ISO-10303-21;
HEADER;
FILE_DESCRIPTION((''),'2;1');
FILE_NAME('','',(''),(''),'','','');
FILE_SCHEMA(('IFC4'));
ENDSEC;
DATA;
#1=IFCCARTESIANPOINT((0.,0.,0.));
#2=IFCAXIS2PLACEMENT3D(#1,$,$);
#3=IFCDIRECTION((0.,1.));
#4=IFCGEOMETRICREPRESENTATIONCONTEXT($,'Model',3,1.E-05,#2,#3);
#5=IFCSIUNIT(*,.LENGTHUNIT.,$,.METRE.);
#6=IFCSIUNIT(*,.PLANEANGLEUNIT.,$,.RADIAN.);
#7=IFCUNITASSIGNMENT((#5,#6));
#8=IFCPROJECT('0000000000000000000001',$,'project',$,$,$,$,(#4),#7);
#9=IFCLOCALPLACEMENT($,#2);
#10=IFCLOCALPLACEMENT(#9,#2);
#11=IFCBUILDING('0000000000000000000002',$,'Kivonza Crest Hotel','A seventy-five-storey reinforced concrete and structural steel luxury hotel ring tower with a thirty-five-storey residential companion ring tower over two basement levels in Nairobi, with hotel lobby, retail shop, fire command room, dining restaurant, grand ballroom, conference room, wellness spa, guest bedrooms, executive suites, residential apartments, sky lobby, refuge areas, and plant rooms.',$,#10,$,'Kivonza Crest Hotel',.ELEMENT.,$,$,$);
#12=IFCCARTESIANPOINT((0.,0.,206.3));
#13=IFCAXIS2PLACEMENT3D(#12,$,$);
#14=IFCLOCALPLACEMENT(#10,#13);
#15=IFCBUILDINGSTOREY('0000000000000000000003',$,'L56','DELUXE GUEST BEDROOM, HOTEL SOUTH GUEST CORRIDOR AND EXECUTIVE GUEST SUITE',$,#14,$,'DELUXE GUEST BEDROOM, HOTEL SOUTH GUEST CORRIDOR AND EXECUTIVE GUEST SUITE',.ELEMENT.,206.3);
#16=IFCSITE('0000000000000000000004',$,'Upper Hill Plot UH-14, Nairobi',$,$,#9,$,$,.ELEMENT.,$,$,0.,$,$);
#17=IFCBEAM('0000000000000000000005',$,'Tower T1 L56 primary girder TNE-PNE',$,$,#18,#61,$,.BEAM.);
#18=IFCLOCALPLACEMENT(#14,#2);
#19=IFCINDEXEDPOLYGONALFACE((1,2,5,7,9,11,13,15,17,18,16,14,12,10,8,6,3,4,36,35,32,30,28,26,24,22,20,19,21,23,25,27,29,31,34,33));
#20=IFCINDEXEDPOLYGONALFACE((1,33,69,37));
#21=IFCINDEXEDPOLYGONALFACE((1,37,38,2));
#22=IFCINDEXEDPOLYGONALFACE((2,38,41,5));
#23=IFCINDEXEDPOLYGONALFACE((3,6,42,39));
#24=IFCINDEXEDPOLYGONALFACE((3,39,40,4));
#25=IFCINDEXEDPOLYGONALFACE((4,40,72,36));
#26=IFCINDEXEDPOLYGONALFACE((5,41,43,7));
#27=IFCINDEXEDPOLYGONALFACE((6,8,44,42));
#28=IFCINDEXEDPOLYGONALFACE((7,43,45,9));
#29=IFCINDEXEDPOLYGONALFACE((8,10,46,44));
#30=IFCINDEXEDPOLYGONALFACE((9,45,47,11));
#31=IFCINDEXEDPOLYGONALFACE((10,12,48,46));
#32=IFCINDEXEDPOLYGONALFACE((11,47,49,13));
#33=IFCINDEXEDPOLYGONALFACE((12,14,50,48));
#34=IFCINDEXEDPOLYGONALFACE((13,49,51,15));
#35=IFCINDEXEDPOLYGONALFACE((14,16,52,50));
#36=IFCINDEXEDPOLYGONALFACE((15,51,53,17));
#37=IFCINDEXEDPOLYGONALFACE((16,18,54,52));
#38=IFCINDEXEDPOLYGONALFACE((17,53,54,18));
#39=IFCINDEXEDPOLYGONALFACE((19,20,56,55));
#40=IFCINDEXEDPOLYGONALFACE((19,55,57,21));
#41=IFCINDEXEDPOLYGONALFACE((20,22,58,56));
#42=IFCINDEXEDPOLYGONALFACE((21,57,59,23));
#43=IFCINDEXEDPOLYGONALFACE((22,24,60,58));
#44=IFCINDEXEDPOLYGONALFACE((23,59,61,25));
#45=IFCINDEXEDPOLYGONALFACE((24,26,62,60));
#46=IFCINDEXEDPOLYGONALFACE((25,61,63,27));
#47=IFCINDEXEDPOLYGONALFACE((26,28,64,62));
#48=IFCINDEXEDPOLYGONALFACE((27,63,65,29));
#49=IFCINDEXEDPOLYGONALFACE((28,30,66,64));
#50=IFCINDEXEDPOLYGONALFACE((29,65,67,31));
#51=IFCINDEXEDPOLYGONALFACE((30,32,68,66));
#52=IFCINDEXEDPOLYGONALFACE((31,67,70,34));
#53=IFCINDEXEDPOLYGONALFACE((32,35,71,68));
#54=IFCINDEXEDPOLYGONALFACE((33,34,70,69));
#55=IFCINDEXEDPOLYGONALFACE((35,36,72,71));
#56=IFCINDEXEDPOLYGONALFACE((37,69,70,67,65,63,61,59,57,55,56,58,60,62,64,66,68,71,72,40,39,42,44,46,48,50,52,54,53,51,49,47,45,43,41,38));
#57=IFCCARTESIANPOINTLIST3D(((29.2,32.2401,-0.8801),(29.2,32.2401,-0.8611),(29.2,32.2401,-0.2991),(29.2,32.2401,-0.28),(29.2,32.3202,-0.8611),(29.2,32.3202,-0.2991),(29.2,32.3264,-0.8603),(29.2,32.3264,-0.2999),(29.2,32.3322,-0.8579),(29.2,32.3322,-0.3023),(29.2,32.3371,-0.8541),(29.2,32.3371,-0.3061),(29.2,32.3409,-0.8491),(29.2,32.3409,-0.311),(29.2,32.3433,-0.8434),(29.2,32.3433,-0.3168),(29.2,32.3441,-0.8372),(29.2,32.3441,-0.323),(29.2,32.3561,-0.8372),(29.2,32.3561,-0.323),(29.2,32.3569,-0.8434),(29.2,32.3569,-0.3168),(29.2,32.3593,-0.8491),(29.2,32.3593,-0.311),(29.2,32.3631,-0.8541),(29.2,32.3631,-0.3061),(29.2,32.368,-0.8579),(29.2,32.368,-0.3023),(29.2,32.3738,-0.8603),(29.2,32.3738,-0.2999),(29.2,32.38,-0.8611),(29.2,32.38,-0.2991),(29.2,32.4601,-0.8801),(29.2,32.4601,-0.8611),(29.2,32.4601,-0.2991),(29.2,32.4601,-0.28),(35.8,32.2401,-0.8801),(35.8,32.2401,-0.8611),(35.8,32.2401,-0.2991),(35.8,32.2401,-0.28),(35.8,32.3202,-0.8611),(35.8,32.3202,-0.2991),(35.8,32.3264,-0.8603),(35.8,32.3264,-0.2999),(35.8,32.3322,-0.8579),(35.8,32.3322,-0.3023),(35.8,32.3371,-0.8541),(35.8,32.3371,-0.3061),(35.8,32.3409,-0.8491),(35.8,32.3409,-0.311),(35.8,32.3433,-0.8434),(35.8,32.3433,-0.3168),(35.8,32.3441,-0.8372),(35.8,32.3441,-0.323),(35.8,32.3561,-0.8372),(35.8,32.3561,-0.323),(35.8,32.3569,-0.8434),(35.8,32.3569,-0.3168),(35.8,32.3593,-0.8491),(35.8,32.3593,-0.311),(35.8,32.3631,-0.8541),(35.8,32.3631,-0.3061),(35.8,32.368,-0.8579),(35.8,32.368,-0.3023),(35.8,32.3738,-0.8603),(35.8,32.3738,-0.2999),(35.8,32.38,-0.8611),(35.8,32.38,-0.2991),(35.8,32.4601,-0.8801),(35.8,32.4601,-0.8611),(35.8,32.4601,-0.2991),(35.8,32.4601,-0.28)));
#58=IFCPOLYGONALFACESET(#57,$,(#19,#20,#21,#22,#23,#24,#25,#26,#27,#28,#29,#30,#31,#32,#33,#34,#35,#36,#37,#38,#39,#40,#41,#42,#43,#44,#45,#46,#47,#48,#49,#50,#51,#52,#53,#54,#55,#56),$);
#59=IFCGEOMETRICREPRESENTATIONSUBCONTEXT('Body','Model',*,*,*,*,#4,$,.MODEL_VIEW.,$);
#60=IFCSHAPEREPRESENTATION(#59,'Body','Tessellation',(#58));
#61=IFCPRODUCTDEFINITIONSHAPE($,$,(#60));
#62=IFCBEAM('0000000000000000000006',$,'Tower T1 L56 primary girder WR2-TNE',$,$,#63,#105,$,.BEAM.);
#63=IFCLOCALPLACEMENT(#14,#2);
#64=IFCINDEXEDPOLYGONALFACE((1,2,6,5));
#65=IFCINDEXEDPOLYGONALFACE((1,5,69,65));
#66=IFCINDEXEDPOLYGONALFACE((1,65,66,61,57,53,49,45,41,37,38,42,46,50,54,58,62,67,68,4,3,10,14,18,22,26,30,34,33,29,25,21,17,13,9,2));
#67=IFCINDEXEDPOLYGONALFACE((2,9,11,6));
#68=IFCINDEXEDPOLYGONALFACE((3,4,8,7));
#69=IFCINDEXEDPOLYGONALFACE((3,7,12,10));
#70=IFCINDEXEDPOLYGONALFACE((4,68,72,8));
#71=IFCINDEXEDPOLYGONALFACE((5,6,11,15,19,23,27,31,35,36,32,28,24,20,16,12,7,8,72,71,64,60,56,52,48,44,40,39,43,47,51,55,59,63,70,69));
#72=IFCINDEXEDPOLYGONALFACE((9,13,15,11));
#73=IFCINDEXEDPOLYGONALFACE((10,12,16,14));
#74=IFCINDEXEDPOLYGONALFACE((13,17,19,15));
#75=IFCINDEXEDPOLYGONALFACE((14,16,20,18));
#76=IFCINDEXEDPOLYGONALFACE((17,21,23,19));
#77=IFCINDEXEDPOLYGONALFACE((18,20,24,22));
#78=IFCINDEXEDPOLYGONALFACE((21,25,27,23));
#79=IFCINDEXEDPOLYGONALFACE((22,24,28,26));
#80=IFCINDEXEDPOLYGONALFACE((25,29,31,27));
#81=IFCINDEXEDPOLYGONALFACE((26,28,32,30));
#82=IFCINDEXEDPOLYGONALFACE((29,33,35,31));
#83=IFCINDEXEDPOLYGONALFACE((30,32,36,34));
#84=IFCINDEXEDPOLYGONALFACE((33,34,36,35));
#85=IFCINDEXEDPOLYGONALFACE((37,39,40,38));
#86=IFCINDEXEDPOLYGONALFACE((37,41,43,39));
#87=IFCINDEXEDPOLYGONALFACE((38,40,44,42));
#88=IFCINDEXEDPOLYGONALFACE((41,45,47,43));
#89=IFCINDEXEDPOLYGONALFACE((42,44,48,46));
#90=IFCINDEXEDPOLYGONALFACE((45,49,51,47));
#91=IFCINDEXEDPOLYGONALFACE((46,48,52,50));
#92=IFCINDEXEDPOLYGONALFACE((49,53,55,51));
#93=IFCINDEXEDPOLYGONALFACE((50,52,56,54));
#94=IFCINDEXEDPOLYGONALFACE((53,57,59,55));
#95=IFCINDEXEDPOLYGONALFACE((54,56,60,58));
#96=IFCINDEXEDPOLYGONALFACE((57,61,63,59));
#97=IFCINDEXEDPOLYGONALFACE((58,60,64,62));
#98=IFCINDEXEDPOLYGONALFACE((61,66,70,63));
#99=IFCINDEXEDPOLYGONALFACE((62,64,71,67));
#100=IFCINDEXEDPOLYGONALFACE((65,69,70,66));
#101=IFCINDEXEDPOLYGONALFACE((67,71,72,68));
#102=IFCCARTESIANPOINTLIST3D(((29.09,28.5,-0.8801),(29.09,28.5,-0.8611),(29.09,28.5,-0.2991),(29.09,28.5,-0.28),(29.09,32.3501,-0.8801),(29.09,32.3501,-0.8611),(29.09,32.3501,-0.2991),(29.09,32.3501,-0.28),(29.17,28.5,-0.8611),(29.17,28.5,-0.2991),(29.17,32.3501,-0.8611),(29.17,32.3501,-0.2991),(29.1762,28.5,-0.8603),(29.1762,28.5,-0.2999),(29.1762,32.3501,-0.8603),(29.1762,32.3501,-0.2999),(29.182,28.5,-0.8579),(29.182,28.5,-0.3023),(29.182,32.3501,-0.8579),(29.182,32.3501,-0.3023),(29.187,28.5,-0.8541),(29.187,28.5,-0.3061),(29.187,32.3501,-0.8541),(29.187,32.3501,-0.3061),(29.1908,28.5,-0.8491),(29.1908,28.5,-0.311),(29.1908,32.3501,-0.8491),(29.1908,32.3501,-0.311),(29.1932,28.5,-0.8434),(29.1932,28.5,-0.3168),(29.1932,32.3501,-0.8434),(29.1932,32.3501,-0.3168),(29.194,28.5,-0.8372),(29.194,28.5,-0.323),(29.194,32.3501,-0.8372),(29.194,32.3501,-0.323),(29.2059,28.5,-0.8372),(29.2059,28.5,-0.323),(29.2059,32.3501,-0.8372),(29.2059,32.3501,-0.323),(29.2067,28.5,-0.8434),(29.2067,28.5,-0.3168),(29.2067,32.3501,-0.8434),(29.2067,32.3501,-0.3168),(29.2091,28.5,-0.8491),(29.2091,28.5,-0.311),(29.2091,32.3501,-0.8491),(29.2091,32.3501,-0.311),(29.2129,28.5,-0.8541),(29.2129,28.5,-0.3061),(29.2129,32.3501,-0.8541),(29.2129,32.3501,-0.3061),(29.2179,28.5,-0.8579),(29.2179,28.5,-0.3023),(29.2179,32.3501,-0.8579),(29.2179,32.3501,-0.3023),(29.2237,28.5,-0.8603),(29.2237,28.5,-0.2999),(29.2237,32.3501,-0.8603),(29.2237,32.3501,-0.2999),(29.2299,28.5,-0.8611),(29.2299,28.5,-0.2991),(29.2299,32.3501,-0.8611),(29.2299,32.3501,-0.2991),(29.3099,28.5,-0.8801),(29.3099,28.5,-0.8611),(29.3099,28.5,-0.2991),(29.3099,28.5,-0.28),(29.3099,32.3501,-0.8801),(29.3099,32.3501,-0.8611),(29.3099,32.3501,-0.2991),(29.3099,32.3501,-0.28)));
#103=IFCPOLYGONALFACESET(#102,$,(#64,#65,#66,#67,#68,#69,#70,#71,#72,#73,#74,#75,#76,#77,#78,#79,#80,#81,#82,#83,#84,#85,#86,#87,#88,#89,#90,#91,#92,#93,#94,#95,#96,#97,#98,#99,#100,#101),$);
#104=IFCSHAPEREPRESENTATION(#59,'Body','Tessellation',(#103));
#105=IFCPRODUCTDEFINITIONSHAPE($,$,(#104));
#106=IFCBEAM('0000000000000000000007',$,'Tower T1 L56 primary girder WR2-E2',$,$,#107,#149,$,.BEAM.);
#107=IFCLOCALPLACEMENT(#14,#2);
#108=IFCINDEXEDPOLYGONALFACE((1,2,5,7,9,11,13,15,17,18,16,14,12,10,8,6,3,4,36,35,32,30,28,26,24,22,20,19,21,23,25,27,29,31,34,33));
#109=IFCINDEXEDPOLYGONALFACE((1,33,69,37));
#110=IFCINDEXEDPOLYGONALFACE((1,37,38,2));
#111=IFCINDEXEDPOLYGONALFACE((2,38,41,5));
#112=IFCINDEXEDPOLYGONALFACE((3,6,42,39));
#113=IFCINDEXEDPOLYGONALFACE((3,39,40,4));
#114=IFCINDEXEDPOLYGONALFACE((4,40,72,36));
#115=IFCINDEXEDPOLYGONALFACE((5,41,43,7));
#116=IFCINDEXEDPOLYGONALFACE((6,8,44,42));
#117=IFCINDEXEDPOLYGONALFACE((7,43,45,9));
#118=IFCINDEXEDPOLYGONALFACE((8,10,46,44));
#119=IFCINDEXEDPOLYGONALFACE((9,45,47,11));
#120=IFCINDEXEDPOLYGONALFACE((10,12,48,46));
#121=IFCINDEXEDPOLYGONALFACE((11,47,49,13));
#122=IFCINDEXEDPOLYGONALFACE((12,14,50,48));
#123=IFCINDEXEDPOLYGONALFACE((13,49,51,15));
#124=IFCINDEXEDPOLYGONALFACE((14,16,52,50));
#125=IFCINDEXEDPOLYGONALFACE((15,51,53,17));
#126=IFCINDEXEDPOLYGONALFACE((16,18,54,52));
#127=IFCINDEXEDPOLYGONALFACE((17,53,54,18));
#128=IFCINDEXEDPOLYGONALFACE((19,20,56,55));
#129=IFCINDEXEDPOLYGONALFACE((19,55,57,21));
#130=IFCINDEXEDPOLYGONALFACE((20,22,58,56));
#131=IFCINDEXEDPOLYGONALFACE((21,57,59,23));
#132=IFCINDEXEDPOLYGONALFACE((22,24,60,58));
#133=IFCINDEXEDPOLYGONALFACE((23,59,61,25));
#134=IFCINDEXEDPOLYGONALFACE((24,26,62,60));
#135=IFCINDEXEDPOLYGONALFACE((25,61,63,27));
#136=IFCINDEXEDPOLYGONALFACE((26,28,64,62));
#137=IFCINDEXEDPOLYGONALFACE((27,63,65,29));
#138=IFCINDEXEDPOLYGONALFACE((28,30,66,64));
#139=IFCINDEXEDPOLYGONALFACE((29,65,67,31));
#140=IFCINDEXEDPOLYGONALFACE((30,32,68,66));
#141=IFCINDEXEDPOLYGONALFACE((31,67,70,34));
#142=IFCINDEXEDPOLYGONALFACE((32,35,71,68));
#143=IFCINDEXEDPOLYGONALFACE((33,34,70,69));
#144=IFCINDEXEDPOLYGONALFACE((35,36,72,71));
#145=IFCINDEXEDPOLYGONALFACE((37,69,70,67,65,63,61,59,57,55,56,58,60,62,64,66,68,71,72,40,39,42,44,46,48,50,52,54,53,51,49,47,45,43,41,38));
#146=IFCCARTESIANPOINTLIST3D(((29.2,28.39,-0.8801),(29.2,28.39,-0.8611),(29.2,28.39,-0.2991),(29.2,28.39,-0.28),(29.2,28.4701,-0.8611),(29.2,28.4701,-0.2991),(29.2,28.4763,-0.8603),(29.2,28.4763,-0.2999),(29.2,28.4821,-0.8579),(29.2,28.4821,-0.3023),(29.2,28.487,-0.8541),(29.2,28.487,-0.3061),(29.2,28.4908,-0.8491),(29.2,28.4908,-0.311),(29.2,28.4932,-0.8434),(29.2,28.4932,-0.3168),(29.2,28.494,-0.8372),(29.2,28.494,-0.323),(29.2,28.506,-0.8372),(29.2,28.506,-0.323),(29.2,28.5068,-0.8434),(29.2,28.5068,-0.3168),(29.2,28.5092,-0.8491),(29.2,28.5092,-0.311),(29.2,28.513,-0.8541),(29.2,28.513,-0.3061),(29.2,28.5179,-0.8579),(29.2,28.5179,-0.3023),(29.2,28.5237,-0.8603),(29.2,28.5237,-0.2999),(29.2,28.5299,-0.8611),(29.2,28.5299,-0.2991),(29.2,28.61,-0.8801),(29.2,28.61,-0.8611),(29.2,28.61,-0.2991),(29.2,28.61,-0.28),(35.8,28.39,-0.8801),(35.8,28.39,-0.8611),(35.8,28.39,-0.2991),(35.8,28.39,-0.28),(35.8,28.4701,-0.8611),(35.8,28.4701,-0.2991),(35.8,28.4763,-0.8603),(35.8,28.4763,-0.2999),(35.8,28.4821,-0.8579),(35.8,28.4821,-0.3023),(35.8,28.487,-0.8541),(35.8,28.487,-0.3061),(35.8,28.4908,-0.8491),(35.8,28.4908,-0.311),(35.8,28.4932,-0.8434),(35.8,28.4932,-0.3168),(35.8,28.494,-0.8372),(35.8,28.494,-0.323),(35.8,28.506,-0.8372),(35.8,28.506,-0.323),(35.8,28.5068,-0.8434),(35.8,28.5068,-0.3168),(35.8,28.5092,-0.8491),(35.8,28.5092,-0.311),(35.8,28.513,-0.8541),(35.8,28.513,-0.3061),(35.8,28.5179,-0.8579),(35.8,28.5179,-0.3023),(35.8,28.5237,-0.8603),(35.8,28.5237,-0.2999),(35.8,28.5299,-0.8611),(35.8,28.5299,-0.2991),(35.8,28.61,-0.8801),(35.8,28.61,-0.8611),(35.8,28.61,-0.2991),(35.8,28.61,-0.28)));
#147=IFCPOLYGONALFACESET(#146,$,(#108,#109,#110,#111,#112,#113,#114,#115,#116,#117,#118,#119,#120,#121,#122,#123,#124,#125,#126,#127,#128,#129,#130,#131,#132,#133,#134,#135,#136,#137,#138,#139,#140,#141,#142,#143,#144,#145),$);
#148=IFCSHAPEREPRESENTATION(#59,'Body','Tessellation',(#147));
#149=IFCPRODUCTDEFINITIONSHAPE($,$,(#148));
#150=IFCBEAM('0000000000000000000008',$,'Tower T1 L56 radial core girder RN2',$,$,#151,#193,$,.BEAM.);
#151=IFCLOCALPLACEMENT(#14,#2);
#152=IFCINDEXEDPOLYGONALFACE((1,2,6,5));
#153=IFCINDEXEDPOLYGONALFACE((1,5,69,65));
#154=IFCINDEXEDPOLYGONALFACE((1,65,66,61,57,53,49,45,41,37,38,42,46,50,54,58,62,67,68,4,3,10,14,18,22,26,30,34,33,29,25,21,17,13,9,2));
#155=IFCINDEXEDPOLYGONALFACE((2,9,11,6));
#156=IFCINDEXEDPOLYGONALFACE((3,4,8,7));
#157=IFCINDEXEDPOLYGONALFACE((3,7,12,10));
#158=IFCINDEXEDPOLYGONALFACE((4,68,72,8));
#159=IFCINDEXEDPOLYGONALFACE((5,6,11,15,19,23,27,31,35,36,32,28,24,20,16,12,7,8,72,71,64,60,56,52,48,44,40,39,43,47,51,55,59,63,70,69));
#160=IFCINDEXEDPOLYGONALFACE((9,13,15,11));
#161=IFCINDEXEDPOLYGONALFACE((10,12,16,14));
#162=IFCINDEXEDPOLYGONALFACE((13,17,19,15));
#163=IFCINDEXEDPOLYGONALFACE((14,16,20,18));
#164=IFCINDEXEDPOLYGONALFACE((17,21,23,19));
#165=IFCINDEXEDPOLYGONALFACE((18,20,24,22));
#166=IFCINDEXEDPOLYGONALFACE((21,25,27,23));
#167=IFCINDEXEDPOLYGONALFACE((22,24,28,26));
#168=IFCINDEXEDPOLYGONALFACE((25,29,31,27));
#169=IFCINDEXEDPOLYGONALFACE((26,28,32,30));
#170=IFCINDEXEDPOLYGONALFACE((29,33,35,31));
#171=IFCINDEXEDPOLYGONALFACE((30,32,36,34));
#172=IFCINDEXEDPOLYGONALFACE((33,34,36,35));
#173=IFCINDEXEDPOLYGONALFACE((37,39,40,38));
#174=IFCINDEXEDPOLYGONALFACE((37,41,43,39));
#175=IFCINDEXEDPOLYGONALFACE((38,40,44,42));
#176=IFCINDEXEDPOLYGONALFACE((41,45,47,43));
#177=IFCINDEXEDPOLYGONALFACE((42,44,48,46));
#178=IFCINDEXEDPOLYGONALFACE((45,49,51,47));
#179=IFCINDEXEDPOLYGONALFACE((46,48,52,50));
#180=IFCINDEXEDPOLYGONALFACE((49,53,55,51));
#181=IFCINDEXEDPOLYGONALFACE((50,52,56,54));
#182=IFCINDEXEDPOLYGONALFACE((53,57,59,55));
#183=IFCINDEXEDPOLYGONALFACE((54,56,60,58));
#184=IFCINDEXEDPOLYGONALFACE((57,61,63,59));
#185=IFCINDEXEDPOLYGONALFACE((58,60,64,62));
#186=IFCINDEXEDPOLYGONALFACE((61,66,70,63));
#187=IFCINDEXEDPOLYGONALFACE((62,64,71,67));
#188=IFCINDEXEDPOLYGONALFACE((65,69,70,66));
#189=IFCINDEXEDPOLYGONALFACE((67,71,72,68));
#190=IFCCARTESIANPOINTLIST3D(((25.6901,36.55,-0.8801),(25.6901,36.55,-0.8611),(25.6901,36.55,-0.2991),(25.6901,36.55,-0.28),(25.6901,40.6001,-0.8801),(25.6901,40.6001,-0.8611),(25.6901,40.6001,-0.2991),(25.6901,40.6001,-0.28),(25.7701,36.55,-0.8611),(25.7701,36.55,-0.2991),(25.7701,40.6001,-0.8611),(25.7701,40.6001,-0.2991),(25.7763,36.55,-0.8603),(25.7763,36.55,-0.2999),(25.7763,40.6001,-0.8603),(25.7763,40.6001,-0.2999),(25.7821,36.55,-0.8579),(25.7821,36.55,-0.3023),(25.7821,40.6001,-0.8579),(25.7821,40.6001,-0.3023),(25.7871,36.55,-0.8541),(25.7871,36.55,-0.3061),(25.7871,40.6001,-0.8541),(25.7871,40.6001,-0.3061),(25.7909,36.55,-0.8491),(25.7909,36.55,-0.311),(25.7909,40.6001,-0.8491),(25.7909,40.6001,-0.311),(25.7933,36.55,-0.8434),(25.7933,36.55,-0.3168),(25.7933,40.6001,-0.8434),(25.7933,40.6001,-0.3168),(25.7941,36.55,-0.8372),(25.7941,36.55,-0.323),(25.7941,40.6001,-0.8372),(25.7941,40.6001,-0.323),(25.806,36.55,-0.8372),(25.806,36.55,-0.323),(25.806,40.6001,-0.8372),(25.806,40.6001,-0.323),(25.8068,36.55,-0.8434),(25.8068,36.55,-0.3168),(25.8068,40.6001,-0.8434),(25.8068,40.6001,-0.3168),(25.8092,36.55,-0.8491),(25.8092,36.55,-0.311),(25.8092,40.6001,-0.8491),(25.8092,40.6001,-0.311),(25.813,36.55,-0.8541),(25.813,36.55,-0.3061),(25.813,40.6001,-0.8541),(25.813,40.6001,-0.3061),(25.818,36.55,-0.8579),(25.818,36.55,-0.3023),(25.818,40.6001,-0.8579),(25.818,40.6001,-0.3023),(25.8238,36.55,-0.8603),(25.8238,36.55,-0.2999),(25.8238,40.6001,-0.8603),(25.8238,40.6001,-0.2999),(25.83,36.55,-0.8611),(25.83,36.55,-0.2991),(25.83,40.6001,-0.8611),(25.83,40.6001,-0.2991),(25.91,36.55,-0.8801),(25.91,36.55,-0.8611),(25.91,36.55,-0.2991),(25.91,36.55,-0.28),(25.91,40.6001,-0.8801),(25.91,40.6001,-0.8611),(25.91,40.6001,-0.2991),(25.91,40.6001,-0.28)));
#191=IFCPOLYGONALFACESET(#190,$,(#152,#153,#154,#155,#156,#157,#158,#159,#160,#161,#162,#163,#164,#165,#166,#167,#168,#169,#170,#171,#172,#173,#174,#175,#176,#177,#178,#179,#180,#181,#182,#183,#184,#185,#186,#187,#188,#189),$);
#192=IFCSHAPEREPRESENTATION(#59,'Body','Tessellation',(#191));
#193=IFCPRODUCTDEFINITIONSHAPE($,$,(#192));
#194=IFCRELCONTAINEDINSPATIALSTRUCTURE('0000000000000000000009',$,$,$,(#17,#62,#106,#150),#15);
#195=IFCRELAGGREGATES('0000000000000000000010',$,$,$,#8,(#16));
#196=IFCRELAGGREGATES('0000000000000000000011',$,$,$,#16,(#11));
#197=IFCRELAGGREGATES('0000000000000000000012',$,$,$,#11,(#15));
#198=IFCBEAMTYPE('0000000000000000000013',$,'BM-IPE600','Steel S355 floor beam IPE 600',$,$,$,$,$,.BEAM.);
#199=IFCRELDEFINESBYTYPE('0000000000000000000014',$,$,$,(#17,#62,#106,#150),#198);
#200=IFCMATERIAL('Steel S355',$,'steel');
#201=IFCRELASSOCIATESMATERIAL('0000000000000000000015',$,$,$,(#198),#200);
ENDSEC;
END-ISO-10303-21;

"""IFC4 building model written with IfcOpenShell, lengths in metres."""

from ifc_helpers import new_model, si_unit, direction, frame, origin, origin_2d, place, context, subcontext, project, spatial, i_section, extrude, material, material_profile, profile_set, type_object, element, save


model = new_model("IFC4")

# Units and contexts
model_context = context("Model", 3, precision=1e-05, world=origin(), true_north=direction((0.0, 1.0)))
body_context = subcontext(model_context, "Body", "Model", "MODEL_VIEW")
ifc_project = project(units=[si_unit("LENGTHUNIT", "METRE"), si_unit("PLANEANGLEUNIT", "RADIAN")], contexts=[model_context])

# Site, building, storey
site_placement = place(None, origin())
site = spatial("IfcSite", under=ifc_project, at=site_placement, Name="Upper Hill Plot UH-14, Nairobi", CompositionType="ELEMENT", RefElevation=0.0)
building_placement = place(site_placement, origin())
building = spatial("IfcBuilding", under=site, at=building_placement, Name="Kivonza Crest Hotel", Description="A seventy-five-storey reinforced concrete and structural steel luxury hotel ring tower with a thirty-five-storey residential companion ring tower over two basement levels in Nairobi, with hotel lobby, retail shop, fire command room, dining restaurant, grand ballroom, conference room, wellness spa, guest bedrooms, executive suites, residential apartments, sky lobby, refuge areas, and plant rooms.", LongName="Kivonza Crest Hotel", CompositionType="ELEMENT")
storey_placement = place(building_placement, frame((0.0, 0.0, 206.3)))
storey = spatial("IfcBuildingStorey", under=building, at=storey_placement, Name="L56", Description="DELUXE GUEST BEDROOM, HOTEL SOUTH GUEST CORRIDOR AND EXECUTIVE GUEST SUITE", LongName="DELUXE GUEST BEDROOM, HOTEL SOUTH GUEST CORRIDOR AND EXECUTIVE GUEST SUITE", CompositionType="ELEMENT", Elevation=206.3)

# Beams
ifc_material_1 = material(Name="Steel S355", Category="steel")
ifc_material_profile_1 = material_profile(ifc_material_1, i_section(OverallWidth=0.22, OverallDepth=0.6001, WebThickness=0.012, FlangeThickness=0.019, FilletRadius=0.0239, at=origin_2d()), Name="IPE 600")
ifc_profile_set_1 = profile_set([ifc_material_profile_1], Name="Steel S355")
beam_type_1 = type_object("IfcBeamType", Name="BM-IPE600", Description="Steel S355 floor beam IPE 600", PredefinedType="BEAM", material=ifc_profile_set_1)
beam_1_placement = place(storey_placement, frame((29.2, 32.3501, -0.5801), z_axis=(1.0, 0.0, 0.0), x_axis=(0.0, 1.0, 0.0)))
element("IfcBeam", 1, at=beam_1_placement, inside=storey, type_object=beam_type_1, Name="Tower T1 L56 primary girder TNE-PNE", PredefinedType="BEAM", context=body_context, shape_type="SweptSolid", body=[
    extrude(i_section(OverallWidth=0.22, OverallDepth=0.6001, WebThickness=0.012, FlangeThickness=0.019, FilletRadius=0.0239, at=origin_2d()), origin(), (0.0, 0.0, 1.0), 6.6001),
])
beam_2_placement = place(storey_placement, frame((29.2, 28.5, -0.5801), z_axis=(0.0, 1.0, 0.0), x_axis=(-1.0, 0.0, 0.0)))
element("IfcBeam", 2, at=beam_2_placement, inside=storey, type_object=beam_type_1, Name="Tower T1 L56 primary girder WR2-TNE", PredefinedType="BEAM", context=body_context, shape_type="SweptSolid", body=[
    extrude(i_section(OverallWidth=0.22, OverallDepth=0.6001, WebThickness=0.012, FlangeThickness=0.019, FilletRadius=0.0239, at=origin_2d()), origin(), (0.0, 0.0, 1.0), 3.8501),
])
beam_3_placement = place(storey_placement, frame((29.2, 28.5, -0.5801), z_axis=(1.0, 0.0, 0.0), x_axis=(0.0, 1.0, 0.0)))
element("IfcBeam", 3, at=beam_3_placement, inside=storey, type_object=beam_type_1, Name="Tower T1 L56 primary girder WR2-E2", PredefinedType="BEAM", context=body_context, shape_type="SweptSolid", body=[
    extrude(i_section(OverallWidth=0.22, OverallDepth=0.6001, WebThickness=0.012, FlangeThickness=0.019, FilletRadius=0.0239, at=origin_2d()), origin(), (0.0, 0.0, 1.0), 6.6001),
])
beam_4_placement = place(storey_placement, frame((25.8, 40.6001, -0.5801), z_axis=(0.0, -1.0, 0.0), x_axis=(1.0, 0.0, 0.0)))
element("IfcBeam", 4, at=beam_4_placement, inside=storey, type_object=beam_type_1, Name="Tower T1 L56 radial core girder RN2", PredefinedType="BEAM", context=body_context, shape_type="SweptSolid", body=[
    extrude(i_section(OverallWidth=0.22, OverallDepth=0.6001, WebThickness=0.012, FlangeThickness=0.019, FilletRadius=0.0239, at=origin_2d()), origin(), (0.0, 0.0, 1.0), 4.05),
])

save(model, "model.ifc")
